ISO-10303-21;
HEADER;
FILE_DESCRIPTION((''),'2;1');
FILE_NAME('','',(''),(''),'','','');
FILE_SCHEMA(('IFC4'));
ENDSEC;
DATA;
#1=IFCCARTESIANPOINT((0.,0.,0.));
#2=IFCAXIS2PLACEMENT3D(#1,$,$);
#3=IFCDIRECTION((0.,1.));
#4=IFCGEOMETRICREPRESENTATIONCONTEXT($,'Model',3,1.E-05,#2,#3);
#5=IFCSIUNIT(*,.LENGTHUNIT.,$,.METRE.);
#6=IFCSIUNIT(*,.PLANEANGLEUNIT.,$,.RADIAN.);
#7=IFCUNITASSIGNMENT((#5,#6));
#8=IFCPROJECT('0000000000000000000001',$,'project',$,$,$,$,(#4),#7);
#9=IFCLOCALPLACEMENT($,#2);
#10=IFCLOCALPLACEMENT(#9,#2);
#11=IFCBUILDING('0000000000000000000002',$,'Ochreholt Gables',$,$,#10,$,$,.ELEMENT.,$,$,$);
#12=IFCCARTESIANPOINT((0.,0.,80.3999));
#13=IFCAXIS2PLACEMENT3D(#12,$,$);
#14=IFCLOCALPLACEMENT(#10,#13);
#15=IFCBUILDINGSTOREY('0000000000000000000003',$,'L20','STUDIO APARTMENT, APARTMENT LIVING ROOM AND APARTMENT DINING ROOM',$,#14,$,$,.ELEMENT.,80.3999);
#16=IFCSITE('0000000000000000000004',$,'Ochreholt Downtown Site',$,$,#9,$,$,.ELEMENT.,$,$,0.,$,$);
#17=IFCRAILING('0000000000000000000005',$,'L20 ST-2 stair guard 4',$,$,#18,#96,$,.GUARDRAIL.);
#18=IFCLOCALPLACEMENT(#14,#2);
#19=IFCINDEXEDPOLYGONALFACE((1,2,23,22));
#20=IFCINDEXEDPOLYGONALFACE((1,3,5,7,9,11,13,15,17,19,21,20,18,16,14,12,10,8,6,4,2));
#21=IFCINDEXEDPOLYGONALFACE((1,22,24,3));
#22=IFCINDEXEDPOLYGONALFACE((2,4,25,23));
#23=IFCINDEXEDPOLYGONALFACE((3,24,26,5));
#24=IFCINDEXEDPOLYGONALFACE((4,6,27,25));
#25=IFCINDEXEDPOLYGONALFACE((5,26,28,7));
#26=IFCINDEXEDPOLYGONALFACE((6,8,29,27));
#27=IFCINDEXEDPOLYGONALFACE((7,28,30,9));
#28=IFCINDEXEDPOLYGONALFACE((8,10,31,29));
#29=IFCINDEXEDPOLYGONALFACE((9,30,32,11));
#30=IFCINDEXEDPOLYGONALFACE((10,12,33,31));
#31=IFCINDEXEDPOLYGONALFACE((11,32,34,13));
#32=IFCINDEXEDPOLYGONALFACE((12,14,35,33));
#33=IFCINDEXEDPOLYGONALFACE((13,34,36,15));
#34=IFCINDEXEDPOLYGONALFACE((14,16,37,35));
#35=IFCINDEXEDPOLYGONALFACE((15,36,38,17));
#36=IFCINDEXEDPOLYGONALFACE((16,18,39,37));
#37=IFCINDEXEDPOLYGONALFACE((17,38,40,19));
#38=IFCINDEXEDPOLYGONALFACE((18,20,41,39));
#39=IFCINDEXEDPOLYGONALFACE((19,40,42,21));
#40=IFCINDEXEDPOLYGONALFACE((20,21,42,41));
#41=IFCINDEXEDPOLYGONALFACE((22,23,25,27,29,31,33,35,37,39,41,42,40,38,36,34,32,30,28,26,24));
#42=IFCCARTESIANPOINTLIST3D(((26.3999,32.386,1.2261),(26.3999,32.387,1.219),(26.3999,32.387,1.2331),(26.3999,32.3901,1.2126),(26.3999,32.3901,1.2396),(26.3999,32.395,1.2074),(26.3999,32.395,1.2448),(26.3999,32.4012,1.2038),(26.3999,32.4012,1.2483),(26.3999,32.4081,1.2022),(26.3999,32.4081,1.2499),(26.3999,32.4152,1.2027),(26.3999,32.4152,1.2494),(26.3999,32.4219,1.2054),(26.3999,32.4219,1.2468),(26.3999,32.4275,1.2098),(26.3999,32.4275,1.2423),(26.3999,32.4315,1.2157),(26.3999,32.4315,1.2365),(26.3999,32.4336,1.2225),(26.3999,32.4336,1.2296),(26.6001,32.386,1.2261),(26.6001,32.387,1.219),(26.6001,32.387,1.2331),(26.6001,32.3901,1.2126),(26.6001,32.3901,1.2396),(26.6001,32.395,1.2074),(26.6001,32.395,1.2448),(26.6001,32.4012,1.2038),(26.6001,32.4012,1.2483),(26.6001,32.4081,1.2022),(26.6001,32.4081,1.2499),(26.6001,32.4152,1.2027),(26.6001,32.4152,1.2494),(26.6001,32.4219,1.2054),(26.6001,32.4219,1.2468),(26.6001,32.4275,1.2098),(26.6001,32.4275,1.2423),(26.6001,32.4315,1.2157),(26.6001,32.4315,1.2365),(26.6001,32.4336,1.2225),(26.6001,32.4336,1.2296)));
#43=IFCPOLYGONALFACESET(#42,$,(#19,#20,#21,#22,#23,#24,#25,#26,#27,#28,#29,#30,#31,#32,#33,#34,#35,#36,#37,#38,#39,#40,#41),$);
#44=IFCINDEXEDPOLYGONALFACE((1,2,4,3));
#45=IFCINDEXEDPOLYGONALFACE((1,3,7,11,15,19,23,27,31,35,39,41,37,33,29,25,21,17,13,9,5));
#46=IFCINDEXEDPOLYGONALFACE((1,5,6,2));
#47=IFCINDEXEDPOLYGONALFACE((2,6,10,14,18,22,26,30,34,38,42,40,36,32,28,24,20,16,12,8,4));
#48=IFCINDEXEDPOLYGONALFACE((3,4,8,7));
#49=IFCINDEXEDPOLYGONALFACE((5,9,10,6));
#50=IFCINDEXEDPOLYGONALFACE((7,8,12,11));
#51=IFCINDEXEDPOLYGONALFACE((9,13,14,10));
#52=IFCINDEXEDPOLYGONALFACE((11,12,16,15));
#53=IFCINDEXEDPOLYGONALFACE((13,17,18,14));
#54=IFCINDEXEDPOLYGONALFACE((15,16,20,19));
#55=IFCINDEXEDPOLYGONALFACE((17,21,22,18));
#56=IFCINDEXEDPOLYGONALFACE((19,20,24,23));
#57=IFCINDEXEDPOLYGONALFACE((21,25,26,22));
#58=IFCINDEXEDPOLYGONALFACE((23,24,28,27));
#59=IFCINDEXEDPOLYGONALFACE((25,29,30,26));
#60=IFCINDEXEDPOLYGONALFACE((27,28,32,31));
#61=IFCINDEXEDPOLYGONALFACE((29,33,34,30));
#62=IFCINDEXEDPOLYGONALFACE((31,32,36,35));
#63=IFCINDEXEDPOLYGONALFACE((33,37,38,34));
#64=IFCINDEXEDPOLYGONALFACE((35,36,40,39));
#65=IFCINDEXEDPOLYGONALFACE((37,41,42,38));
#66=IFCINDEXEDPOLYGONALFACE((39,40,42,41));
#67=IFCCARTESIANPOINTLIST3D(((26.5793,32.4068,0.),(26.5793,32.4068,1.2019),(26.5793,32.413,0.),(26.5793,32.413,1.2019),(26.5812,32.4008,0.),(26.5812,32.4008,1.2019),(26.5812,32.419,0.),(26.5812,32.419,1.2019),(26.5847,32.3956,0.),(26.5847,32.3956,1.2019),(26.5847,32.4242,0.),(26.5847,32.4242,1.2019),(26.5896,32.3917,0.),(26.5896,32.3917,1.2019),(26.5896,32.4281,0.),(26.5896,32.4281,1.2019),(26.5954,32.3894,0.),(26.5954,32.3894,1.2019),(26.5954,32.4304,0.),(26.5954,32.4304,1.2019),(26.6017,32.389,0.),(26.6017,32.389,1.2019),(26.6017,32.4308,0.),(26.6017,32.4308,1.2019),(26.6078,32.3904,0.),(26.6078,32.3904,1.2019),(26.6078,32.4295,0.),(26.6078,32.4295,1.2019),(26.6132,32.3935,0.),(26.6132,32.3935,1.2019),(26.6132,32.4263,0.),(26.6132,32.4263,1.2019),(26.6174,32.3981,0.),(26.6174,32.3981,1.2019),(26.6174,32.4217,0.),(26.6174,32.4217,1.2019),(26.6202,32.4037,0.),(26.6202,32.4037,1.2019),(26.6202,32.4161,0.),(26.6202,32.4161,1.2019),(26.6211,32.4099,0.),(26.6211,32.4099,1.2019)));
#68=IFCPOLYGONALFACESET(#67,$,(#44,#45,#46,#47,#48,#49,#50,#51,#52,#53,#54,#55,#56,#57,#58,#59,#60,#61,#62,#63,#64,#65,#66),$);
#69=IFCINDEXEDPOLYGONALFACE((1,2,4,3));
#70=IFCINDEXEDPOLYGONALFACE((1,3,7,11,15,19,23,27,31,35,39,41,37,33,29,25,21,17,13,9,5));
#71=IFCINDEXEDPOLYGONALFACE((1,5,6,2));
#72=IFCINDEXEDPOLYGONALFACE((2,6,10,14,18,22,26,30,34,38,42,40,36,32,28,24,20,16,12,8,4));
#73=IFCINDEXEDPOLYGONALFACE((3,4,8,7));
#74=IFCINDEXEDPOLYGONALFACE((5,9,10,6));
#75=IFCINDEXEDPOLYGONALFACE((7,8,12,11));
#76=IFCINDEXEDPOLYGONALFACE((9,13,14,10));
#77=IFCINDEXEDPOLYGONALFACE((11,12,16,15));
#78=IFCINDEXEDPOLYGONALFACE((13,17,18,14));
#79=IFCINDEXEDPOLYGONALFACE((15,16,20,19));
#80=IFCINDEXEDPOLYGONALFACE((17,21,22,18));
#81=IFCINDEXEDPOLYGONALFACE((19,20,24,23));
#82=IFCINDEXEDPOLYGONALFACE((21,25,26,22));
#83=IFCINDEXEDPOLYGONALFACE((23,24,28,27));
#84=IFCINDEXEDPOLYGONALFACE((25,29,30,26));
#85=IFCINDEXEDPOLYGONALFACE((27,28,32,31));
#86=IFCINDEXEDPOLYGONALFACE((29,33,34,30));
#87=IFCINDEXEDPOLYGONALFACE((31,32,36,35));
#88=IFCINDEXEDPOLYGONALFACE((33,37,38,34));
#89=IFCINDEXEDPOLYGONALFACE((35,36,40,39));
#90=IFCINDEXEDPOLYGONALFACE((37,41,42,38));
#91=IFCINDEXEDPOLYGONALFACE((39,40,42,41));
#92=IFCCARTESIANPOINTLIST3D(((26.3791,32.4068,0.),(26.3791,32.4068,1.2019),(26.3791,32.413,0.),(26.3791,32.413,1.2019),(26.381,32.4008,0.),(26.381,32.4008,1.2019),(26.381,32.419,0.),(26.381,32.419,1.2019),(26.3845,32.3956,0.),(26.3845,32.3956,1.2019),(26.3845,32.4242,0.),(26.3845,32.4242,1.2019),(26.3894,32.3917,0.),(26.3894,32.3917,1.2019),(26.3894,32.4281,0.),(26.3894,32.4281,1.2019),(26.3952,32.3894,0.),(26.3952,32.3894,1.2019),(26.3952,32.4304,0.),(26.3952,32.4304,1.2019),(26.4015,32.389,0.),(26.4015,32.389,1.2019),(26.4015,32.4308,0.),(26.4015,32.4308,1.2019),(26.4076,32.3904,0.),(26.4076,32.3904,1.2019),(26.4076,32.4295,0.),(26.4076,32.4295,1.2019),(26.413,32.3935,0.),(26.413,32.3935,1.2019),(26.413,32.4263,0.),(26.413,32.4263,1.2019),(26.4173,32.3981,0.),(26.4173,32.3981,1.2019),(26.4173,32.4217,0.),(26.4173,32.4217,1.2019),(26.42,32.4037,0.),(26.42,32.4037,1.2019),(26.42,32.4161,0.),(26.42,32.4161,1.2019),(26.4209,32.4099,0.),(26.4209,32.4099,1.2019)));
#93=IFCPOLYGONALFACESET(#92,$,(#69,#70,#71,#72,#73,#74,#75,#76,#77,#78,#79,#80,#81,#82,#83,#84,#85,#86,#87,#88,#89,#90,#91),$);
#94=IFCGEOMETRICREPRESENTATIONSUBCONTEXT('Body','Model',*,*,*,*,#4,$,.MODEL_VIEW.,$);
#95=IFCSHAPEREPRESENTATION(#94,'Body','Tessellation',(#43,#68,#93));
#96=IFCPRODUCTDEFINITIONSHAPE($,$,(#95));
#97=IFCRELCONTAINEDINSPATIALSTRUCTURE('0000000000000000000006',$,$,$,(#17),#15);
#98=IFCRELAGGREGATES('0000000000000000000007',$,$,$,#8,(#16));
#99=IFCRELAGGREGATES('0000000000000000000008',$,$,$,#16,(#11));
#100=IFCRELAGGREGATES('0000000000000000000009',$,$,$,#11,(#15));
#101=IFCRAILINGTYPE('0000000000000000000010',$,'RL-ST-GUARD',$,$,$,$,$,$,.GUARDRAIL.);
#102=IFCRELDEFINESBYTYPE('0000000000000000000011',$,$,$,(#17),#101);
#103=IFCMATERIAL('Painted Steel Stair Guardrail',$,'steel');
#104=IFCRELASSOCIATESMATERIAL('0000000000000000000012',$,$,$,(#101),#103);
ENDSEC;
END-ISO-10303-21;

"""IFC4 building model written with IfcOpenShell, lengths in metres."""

from ifc_helpers import new_model, si_unit, direction, frame, origin, origin_2d, place, context, subcontext, project, spatial, circle, extrude, material, type_object, element, save


model = new_model("IFC4")

# Units and contexts
model_context = context("Model", 3, precision=1e-05, world=origin(), true_north=direction((0.0, 1.0)))
body_context = subcontext(model_context, "Body", "Model", "MODEL_VIEW")
ifc_project = project(units=[si_unit("LENGTHUNIT", "METRE"), si_unit("PLANEANGLEUNIT", "RADIAN")], contexts=[model_context])

# Site, building, storey
site_placement = place(None, origin())
site = spatial("IfcSite", under=ifc_project, at=site_placement, Name="Ochreholt Downtown Site", CompositionType="ELEMENT", RefElevation=0.0)
building_placement = place(site_placement, origin())
building = spatial("IfcBuilding", under=site, at=building_placement, Name="Ochreholt Gables", CompositionType="ELEMENT")
storey_placement = place(building_placement, frame((0.0, 0.0, 80.3999)))
storey = spatial("IfcBuildingStorey", under=building, at=storey_placement, Name="L20", Description="STUDIO APARTMENT, APARTMENT LIVING ROOM AND APARTMENT DINING ROOM", CompositionType="ELEMENT", Elevation=80.3999)

# Railing
ifc_material_1 = material(Name="Painted Steel Stair Guardrail", Category="steel")
railing_type_1 = type_object("IfcRailingType", Name="RL-ST-GUARD", PredefinedType="GUARDRAIL", material=ifc_material_1)
railing_1_placement = place(storey_placement, frame((26.6001, 32.4099, 0.0)))
element("IfcRailing", 1, at=railing_1_placement, inside=storey, type_object=railing_type_1, Name="L20 ST-2 stair guard 4", PredefinedType="GUARDRAIL", context=body_context, shape_type="SweptSolid", body=[
    extrude(circle(Radius=0.0239, at=origin_2d()), frame((0.0, 0.0, 1.2261), z_axis=(-1.0, 0.0, 0.0), x_axis=(0.0, -1.0, 0.0)), (0.0, 0.0, 1.0), 0.2002),
    extrude(circle(Radius=0.021, at=origin_2d()), origin(), (0.0, 0.0, 1.0), 1.2019),
    extrude(circle(Radius=0.021, at=origin_2d()), frame((-0.2002, 0.0, 0.0)), (0.0, 0.0, 1.0), 1.2019),
])

save(model, "model.ifc")
